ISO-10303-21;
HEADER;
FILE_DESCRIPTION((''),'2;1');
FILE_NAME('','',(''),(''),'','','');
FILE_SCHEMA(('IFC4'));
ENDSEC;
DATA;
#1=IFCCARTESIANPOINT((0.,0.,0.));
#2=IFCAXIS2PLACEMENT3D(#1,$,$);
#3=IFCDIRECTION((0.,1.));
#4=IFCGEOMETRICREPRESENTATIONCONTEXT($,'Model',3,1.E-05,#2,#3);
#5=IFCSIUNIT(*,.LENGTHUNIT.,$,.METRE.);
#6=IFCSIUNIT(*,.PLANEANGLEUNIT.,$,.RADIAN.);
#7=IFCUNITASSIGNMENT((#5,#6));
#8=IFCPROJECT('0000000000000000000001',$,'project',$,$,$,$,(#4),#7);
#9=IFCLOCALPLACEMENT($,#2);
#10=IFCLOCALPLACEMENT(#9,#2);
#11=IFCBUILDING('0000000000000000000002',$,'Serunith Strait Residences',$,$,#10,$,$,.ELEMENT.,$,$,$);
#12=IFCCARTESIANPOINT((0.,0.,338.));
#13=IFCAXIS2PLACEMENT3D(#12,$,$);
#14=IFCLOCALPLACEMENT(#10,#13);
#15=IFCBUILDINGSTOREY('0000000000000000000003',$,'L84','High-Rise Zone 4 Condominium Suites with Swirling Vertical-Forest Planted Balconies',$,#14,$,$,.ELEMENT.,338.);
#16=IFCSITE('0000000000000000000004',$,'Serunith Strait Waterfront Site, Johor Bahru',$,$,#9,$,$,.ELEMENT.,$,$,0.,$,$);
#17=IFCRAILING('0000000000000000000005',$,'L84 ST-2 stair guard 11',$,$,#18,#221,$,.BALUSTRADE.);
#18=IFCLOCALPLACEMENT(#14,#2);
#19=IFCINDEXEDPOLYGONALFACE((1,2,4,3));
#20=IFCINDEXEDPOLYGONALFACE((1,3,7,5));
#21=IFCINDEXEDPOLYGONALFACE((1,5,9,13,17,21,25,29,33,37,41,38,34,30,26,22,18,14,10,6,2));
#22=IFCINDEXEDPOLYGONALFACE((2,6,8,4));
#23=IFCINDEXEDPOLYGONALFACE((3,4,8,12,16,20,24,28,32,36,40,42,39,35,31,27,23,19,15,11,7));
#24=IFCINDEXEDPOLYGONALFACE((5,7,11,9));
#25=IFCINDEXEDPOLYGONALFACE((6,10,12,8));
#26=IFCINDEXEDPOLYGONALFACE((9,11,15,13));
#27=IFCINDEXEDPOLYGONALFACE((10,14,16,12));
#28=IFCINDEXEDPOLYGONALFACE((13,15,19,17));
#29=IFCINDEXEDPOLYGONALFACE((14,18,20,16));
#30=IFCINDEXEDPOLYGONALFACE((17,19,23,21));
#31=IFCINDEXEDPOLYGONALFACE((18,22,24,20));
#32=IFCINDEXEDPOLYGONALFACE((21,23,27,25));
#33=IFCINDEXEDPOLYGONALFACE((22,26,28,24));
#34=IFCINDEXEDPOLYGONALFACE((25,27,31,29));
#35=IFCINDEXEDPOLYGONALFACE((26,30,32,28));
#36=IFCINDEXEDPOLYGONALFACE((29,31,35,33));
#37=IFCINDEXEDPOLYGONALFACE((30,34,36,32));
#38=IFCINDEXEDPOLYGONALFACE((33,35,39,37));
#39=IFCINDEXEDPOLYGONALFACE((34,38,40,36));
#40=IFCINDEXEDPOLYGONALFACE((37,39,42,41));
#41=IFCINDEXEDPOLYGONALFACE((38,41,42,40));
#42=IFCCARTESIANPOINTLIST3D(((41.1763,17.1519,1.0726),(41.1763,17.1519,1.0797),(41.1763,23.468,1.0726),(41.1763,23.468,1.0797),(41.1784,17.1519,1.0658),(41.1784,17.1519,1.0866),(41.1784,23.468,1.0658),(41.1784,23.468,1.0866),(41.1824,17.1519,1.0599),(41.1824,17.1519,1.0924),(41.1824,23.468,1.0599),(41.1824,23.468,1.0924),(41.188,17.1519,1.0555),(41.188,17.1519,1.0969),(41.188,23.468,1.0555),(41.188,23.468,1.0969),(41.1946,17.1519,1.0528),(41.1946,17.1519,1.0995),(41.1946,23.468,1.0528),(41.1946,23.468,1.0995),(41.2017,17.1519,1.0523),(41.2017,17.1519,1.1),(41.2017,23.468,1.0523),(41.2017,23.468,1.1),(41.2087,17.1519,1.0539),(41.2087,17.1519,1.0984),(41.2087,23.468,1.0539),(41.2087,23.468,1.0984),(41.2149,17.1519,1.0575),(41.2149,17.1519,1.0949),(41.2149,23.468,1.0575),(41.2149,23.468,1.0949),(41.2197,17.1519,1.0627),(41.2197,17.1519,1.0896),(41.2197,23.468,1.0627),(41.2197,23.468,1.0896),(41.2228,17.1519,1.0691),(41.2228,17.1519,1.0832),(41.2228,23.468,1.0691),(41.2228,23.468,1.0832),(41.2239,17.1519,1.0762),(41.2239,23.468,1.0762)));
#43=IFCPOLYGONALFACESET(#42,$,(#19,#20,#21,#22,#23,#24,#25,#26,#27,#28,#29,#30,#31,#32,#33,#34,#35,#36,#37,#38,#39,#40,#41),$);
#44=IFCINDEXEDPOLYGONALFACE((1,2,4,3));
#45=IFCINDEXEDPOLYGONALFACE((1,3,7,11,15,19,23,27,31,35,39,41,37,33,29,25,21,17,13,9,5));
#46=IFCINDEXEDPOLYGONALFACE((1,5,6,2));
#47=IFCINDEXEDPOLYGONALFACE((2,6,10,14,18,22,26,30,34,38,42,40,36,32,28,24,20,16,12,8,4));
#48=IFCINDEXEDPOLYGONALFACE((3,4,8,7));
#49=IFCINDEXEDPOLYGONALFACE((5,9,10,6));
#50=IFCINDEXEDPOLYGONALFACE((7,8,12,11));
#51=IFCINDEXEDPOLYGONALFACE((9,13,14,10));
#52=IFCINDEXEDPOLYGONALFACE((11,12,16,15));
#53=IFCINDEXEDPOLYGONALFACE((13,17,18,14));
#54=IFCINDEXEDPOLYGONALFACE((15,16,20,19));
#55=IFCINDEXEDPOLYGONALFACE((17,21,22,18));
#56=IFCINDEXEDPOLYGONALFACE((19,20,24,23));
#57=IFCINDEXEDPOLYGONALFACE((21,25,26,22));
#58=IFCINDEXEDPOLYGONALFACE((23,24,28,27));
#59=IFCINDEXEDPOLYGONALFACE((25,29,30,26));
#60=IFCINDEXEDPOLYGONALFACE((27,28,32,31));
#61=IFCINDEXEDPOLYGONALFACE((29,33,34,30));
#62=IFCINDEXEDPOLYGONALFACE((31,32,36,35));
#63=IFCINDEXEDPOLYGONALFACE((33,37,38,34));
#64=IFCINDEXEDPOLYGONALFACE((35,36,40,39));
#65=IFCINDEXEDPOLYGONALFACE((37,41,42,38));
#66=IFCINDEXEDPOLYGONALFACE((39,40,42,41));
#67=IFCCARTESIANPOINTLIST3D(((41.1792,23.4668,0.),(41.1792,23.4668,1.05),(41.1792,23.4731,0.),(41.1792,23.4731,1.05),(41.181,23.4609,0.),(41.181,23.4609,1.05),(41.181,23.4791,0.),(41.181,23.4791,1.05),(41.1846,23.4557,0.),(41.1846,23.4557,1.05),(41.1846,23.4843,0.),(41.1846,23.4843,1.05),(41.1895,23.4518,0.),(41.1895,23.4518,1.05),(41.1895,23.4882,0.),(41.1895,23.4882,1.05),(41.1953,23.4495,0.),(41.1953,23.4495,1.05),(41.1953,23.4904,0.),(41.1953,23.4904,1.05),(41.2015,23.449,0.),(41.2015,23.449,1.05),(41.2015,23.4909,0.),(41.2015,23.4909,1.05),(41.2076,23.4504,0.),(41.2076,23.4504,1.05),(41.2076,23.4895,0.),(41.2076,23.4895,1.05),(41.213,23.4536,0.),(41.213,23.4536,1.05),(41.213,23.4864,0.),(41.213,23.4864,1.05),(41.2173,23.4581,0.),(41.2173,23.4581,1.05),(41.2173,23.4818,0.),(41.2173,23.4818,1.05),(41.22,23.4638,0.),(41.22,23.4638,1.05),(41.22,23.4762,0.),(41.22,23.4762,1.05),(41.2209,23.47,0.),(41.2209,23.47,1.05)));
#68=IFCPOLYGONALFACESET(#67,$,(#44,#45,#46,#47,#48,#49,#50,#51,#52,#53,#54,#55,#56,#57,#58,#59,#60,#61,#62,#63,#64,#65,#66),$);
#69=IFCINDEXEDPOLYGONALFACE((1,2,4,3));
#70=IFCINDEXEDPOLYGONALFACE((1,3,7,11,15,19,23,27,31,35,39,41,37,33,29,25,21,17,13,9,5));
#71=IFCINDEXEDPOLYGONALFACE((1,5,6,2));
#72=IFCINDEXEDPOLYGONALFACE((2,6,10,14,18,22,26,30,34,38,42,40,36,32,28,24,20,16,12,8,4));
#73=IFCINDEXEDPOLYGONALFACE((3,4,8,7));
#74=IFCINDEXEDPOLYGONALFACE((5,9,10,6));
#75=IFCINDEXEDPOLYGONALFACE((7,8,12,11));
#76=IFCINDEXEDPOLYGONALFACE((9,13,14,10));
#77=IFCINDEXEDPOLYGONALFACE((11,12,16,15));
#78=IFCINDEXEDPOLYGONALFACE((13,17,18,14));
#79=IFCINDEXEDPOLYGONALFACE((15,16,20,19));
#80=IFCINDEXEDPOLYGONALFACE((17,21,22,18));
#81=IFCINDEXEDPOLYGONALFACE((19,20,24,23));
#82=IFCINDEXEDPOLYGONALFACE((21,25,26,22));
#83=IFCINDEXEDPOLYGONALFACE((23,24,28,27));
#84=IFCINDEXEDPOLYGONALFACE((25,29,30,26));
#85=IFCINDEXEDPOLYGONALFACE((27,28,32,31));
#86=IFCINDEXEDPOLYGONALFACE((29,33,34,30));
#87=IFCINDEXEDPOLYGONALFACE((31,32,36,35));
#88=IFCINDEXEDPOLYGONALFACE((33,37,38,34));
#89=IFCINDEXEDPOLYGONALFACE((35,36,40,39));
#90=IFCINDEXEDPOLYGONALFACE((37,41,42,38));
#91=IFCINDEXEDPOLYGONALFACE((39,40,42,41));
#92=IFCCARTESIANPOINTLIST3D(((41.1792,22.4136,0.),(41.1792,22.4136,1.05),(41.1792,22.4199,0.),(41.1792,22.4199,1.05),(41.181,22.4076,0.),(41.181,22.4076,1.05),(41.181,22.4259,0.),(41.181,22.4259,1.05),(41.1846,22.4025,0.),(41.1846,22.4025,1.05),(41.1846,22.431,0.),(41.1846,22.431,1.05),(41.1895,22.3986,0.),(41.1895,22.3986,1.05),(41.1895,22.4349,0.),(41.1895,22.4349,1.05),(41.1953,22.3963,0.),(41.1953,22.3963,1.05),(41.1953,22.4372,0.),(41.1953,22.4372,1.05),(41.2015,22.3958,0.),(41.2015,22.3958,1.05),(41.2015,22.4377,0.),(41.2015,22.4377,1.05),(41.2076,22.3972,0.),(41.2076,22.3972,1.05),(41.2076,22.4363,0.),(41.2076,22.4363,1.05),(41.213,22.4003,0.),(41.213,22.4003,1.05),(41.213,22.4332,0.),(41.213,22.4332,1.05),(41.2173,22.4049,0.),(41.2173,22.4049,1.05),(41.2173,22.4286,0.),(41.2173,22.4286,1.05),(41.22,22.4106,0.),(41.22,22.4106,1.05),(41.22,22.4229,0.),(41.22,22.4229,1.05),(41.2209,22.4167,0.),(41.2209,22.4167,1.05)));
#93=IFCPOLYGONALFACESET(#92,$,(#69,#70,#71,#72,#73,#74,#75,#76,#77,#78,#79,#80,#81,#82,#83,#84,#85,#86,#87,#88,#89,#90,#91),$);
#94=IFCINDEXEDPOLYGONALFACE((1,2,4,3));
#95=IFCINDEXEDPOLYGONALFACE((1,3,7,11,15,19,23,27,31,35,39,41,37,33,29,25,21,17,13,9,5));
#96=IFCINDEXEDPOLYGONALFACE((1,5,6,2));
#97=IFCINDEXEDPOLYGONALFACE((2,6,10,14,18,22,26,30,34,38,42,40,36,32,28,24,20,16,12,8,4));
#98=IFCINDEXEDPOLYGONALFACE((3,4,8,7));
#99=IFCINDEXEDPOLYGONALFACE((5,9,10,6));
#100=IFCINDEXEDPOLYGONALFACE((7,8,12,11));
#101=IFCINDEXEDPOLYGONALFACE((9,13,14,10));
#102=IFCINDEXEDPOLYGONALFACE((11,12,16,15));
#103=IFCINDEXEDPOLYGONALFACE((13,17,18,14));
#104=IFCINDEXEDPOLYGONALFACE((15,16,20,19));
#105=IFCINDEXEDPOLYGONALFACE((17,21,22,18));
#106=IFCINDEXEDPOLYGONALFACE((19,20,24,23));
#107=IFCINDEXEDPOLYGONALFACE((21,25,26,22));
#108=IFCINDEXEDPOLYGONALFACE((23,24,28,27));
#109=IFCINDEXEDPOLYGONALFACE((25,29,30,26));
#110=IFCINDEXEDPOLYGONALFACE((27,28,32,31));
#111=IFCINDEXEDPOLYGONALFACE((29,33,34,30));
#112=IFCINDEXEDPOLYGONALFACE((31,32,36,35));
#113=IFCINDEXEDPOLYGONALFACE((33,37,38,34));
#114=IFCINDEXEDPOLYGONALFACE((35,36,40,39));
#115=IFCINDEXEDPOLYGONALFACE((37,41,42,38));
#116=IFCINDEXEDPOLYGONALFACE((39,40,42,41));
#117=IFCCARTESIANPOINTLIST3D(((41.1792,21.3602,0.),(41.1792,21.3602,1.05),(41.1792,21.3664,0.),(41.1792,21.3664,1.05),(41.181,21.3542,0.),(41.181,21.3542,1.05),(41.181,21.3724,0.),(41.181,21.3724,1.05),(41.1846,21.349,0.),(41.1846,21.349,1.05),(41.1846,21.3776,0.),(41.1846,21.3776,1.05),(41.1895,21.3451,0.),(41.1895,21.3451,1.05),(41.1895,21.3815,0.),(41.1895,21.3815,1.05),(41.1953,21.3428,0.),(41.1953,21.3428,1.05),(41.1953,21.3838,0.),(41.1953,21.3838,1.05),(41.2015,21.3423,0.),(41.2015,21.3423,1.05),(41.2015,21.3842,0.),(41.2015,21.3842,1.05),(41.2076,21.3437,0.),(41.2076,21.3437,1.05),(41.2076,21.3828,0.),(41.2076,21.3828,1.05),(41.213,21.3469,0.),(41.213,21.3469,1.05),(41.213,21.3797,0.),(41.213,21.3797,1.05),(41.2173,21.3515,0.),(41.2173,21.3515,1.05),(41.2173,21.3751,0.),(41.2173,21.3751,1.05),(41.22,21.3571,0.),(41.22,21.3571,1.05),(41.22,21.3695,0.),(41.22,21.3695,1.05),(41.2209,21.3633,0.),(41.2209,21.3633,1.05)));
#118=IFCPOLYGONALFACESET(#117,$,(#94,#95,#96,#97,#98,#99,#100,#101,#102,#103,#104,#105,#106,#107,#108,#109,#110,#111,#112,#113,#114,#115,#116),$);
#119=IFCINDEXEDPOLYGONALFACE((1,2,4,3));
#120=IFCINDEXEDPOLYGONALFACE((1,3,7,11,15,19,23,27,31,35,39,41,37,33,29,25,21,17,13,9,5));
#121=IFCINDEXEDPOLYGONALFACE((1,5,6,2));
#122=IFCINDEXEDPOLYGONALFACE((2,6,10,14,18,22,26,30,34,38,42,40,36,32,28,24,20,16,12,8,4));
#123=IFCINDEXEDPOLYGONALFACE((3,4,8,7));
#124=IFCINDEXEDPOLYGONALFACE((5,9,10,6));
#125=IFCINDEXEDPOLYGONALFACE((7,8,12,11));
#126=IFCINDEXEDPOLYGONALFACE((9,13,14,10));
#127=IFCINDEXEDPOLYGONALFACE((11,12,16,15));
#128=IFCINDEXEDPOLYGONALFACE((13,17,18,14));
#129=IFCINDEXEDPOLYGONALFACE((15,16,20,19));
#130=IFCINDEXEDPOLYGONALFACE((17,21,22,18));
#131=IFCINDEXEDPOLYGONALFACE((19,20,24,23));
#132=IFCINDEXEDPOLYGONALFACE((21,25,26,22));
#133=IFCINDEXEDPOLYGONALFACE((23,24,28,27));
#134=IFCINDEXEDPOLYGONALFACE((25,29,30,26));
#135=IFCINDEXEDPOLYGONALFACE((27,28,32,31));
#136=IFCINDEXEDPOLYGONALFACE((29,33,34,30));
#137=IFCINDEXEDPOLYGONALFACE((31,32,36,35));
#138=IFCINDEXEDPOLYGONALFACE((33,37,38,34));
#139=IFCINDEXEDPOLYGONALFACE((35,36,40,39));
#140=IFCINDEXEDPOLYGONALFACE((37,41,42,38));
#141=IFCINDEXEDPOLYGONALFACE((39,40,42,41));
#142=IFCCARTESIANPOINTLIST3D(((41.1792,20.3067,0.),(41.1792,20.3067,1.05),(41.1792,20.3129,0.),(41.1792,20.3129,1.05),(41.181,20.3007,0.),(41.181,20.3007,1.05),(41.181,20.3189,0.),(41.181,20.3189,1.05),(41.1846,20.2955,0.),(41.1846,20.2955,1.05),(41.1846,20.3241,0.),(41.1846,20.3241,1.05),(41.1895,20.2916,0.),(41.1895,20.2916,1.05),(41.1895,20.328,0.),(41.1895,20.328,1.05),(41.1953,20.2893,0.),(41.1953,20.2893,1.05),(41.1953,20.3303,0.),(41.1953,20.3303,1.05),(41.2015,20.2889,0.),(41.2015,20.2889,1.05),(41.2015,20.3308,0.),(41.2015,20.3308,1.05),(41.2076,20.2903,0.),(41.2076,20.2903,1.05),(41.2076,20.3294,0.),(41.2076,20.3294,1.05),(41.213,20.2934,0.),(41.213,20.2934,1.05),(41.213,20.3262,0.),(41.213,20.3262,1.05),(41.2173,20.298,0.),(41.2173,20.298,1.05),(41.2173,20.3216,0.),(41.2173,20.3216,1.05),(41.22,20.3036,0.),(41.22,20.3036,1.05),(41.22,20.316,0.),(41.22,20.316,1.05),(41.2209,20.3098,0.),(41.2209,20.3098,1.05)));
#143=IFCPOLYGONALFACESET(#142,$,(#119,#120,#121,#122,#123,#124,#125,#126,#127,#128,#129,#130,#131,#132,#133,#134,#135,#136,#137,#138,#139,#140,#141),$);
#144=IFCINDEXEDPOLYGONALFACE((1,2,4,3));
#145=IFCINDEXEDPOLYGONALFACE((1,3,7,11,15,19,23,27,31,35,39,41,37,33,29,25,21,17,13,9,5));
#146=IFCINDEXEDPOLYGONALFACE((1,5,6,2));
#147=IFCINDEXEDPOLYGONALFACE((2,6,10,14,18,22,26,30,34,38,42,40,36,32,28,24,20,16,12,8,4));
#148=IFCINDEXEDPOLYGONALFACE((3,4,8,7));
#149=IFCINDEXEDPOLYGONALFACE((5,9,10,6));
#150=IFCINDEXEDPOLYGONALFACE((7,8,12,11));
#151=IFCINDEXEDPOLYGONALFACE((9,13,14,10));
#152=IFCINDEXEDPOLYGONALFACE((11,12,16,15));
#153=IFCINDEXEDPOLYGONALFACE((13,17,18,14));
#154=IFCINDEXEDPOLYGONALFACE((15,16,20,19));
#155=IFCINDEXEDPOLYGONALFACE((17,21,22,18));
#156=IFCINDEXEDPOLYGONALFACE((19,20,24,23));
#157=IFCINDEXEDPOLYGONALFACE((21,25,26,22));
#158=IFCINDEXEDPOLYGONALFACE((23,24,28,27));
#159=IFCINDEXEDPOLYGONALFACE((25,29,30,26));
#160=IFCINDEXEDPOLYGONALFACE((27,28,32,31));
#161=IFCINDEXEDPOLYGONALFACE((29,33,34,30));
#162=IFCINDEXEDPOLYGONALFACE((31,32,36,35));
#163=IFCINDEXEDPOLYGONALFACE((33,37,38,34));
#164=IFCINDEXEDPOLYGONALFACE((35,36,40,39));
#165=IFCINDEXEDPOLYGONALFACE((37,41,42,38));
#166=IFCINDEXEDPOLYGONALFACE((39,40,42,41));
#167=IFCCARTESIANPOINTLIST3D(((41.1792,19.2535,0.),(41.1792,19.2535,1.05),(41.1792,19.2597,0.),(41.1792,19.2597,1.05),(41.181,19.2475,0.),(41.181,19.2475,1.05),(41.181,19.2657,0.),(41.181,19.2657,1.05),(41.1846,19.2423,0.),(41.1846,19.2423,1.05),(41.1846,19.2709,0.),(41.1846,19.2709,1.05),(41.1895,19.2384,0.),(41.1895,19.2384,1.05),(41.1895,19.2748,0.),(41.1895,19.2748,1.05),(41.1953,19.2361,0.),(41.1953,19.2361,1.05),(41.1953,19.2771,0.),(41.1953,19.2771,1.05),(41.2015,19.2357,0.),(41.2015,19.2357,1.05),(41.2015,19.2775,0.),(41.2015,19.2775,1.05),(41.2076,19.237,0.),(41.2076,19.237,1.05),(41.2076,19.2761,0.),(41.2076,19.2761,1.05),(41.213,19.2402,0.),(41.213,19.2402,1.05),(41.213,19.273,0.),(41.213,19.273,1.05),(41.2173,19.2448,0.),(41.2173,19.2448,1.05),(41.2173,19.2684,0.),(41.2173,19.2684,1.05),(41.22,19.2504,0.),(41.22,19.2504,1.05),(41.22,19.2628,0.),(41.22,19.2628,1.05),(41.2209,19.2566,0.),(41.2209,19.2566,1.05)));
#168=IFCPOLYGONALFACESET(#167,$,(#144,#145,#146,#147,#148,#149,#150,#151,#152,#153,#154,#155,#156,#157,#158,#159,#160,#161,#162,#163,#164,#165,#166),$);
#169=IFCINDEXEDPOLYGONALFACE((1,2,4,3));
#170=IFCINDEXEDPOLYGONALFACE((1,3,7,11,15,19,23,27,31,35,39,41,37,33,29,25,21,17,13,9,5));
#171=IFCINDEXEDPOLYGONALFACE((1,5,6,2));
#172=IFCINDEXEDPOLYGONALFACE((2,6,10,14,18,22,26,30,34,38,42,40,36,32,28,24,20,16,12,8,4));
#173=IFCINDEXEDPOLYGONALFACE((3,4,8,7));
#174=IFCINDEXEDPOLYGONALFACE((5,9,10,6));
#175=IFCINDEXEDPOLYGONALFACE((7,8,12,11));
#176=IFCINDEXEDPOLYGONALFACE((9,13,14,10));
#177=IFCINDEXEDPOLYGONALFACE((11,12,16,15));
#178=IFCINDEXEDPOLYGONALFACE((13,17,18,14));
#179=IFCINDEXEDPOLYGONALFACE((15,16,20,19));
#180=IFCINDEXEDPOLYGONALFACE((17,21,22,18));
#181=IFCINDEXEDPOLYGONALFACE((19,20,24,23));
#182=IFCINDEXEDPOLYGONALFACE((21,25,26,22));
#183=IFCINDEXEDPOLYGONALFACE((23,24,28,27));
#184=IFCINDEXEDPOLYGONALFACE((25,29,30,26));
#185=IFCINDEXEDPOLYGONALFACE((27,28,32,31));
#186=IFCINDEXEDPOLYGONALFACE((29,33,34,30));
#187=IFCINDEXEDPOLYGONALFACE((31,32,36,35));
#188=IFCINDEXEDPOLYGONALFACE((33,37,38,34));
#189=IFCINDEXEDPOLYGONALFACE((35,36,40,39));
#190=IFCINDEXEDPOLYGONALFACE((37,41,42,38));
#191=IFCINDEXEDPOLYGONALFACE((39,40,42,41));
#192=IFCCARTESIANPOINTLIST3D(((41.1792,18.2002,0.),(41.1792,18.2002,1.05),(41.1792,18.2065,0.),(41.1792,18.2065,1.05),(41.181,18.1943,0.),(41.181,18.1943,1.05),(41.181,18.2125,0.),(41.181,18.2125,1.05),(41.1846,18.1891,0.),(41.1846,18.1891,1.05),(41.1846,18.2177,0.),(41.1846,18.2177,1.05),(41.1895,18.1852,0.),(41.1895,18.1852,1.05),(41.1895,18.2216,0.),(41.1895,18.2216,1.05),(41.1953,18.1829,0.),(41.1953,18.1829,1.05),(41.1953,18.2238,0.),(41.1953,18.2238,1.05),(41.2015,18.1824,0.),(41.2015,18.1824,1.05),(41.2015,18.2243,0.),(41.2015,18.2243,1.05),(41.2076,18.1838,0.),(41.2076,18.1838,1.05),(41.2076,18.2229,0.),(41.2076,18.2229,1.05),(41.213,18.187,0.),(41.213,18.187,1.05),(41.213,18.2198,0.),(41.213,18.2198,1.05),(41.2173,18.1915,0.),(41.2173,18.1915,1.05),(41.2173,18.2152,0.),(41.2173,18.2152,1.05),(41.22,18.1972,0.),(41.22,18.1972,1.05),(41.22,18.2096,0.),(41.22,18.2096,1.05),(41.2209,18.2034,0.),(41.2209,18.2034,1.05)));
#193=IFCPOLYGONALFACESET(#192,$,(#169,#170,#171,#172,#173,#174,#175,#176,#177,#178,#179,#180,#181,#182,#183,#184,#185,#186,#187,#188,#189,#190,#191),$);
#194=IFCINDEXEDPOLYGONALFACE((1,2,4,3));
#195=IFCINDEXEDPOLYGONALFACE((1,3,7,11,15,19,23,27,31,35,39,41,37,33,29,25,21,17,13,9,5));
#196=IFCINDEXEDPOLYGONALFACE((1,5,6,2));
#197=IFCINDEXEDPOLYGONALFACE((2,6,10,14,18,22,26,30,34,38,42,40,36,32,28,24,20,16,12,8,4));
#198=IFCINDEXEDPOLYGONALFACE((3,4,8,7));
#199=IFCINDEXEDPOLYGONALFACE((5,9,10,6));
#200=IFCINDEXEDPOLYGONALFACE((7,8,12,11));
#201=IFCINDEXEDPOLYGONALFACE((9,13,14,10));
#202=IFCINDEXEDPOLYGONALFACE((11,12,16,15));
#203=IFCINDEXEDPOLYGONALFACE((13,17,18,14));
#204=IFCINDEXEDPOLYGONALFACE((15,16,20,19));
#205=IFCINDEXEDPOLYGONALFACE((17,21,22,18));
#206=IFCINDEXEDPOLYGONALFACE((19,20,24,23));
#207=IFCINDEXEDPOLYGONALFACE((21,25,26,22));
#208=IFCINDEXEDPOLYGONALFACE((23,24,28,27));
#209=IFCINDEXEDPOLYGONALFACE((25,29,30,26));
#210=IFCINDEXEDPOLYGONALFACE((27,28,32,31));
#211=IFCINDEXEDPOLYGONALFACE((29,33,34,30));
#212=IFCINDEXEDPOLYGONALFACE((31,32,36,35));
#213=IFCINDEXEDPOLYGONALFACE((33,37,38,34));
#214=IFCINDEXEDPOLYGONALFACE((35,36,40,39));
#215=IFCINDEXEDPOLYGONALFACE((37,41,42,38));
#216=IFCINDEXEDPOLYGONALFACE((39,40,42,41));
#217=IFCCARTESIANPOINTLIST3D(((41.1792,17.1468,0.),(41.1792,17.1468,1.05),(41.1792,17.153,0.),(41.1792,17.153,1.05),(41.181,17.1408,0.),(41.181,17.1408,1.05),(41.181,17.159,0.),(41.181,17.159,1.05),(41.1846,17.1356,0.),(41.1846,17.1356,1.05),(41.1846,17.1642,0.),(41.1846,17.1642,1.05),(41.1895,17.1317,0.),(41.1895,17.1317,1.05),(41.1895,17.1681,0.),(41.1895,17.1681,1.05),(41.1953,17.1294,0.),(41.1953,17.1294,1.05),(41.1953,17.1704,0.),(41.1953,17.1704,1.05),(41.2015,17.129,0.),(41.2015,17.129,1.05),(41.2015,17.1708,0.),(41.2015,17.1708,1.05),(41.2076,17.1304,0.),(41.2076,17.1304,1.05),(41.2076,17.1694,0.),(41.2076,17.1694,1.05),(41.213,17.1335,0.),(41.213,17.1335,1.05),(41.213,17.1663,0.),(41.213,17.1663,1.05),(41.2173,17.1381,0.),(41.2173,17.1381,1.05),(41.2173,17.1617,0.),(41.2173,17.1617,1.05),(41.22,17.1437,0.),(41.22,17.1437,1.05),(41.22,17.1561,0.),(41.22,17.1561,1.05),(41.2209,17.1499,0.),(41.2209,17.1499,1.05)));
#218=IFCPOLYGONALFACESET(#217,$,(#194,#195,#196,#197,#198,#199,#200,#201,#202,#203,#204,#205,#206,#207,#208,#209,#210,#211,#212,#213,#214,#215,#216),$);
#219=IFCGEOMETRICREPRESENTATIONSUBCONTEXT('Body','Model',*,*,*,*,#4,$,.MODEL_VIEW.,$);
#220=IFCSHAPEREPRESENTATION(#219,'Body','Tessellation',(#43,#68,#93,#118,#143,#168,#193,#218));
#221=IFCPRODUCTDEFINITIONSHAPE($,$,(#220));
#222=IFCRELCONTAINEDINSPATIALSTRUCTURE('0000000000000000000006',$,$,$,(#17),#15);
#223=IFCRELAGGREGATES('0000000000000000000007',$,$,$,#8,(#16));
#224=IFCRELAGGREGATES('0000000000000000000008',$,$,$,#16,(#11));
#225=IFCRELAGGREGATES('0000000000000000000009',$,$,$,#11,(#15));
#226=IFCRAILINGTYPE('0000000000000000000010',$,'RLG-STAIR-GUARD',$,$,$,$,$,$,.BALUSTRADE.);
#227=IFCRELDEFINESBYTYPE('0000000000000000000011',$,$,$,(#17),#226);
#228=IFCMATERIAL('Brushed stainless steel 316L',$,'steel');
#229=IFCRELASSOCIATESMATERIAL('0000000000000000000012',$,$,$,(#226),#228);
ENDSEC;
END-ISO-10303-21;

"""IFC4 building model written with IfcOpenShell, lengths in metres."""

from ifc_helpers import new_model, si_unit, direction, frame, origin, origin_2d, place, context, subcontext, project, spatial, circle, extrude, material, type_object, element, save


model = new_model("IFC4")

# Units and contexts
model_context = context("Model", 3, precision=1e-05, world=origin(), true_north=direction((0.0, 1.0)))
body_context = subcontext(model_context, "Body", "Model", "MODEL_VIEW")
ifc_project = project(units=[si_unit("LENGTHUNIT", "METRE"), si_unit("PLANEANGLEUNIT", "RADIAN")], contexts=[model_context])

# Site, building, storey
site_placement = place(None, origin())
site = spatial("IfcSite", under=ifc_project, at=site_placement, Name="Serunith Strait Waterfront Site, Johor Bahru", CompositionType="ELEMENT", RefElevation=0.0)
building_placement = place(site_placement, origin())
building = spatial("IfcBuilding", under=site, at=building_placement, Name="Serunith Strait Residences", CompositionType="ELEMENT")
storey_placement = place(building_placement, frame((0.0, 0.0, 338.0)))
storey = spatial("IfcBuildingStorey", under=building, at=storey_placement, Name="L84", Description="High-Rise Zone 4 Condominium Suites with Swirling Vertical-Forest Planted Balconies", CompositionType="ELEMENT", Elevation=338.0)

# Railing
ifc_material_1 = material(Name="Brushed stainless steel 316L", Category="steel")
railing_type = type_object("IfcRailingType", Name="RLG-STAIR-GUARD", PredefinedType="BALUSTRADE", material=ifc_material_1)
railing_placement = place(storey_placement, frame((41.2, 23.47, 0.0)))
element("IfcRailing", 1, at=railing_placement, inside=storey, type_object=railing_type, Name="L84 ST-2 stair guard 11", PredefinedType="BALUSTRADE", context=body_context, shape_type="SweptSolid", body=[
    extrude(circle(Radius=0.0239, at=origin_2d()), frame((0.0, -0.002, 1.0762), z_axis=(0.0, -1.0, 0.0), x_axis=(1.0, 0.0, 0.0)), (0.0, 0.0, 1.0), 6.3162),
    extrude(circle(Radius=0.021, at=origin_2d()), origin(), (0.0, 0.0, 1.0), 1.05),
    extrude(circle(Radius=0.021, at=origin_2d()), frame((0.0, -1.0532, 0.0)), (0.0, 0.0, 1.0), 1.05),
    extrude(circle(Radius=0.021, at=origin_2d()), frame((0.0, -2.1067, 0.0)), (0.0, 0.0, 1.0), 1.05),
    extrude(circle(Radius=0.021, at=origin_2d()), frame((0.0, -3.1602, 0.0)), (0.0, 0.0, 1.0), 1.05),
    extrude(circle(Radius=0.021, at=origin_2d()), frame((0.0, -4.2134, 0.0)), (0.0, 0.0, 1.0), 1.05),
    extrude(circle(Radius=0.021, at=origin_2d()), frame((0.0, -5.2666, 0.0)), (0.0, 0.0, 1.0), 1.05),
    extrude(circle(Radius=0.021, at=origin_2d()), frame((0.0, -6.3201, 0.0)), (0.0, 0.0, 1.0), 1.05),
])

save(model, "model.ifc")
